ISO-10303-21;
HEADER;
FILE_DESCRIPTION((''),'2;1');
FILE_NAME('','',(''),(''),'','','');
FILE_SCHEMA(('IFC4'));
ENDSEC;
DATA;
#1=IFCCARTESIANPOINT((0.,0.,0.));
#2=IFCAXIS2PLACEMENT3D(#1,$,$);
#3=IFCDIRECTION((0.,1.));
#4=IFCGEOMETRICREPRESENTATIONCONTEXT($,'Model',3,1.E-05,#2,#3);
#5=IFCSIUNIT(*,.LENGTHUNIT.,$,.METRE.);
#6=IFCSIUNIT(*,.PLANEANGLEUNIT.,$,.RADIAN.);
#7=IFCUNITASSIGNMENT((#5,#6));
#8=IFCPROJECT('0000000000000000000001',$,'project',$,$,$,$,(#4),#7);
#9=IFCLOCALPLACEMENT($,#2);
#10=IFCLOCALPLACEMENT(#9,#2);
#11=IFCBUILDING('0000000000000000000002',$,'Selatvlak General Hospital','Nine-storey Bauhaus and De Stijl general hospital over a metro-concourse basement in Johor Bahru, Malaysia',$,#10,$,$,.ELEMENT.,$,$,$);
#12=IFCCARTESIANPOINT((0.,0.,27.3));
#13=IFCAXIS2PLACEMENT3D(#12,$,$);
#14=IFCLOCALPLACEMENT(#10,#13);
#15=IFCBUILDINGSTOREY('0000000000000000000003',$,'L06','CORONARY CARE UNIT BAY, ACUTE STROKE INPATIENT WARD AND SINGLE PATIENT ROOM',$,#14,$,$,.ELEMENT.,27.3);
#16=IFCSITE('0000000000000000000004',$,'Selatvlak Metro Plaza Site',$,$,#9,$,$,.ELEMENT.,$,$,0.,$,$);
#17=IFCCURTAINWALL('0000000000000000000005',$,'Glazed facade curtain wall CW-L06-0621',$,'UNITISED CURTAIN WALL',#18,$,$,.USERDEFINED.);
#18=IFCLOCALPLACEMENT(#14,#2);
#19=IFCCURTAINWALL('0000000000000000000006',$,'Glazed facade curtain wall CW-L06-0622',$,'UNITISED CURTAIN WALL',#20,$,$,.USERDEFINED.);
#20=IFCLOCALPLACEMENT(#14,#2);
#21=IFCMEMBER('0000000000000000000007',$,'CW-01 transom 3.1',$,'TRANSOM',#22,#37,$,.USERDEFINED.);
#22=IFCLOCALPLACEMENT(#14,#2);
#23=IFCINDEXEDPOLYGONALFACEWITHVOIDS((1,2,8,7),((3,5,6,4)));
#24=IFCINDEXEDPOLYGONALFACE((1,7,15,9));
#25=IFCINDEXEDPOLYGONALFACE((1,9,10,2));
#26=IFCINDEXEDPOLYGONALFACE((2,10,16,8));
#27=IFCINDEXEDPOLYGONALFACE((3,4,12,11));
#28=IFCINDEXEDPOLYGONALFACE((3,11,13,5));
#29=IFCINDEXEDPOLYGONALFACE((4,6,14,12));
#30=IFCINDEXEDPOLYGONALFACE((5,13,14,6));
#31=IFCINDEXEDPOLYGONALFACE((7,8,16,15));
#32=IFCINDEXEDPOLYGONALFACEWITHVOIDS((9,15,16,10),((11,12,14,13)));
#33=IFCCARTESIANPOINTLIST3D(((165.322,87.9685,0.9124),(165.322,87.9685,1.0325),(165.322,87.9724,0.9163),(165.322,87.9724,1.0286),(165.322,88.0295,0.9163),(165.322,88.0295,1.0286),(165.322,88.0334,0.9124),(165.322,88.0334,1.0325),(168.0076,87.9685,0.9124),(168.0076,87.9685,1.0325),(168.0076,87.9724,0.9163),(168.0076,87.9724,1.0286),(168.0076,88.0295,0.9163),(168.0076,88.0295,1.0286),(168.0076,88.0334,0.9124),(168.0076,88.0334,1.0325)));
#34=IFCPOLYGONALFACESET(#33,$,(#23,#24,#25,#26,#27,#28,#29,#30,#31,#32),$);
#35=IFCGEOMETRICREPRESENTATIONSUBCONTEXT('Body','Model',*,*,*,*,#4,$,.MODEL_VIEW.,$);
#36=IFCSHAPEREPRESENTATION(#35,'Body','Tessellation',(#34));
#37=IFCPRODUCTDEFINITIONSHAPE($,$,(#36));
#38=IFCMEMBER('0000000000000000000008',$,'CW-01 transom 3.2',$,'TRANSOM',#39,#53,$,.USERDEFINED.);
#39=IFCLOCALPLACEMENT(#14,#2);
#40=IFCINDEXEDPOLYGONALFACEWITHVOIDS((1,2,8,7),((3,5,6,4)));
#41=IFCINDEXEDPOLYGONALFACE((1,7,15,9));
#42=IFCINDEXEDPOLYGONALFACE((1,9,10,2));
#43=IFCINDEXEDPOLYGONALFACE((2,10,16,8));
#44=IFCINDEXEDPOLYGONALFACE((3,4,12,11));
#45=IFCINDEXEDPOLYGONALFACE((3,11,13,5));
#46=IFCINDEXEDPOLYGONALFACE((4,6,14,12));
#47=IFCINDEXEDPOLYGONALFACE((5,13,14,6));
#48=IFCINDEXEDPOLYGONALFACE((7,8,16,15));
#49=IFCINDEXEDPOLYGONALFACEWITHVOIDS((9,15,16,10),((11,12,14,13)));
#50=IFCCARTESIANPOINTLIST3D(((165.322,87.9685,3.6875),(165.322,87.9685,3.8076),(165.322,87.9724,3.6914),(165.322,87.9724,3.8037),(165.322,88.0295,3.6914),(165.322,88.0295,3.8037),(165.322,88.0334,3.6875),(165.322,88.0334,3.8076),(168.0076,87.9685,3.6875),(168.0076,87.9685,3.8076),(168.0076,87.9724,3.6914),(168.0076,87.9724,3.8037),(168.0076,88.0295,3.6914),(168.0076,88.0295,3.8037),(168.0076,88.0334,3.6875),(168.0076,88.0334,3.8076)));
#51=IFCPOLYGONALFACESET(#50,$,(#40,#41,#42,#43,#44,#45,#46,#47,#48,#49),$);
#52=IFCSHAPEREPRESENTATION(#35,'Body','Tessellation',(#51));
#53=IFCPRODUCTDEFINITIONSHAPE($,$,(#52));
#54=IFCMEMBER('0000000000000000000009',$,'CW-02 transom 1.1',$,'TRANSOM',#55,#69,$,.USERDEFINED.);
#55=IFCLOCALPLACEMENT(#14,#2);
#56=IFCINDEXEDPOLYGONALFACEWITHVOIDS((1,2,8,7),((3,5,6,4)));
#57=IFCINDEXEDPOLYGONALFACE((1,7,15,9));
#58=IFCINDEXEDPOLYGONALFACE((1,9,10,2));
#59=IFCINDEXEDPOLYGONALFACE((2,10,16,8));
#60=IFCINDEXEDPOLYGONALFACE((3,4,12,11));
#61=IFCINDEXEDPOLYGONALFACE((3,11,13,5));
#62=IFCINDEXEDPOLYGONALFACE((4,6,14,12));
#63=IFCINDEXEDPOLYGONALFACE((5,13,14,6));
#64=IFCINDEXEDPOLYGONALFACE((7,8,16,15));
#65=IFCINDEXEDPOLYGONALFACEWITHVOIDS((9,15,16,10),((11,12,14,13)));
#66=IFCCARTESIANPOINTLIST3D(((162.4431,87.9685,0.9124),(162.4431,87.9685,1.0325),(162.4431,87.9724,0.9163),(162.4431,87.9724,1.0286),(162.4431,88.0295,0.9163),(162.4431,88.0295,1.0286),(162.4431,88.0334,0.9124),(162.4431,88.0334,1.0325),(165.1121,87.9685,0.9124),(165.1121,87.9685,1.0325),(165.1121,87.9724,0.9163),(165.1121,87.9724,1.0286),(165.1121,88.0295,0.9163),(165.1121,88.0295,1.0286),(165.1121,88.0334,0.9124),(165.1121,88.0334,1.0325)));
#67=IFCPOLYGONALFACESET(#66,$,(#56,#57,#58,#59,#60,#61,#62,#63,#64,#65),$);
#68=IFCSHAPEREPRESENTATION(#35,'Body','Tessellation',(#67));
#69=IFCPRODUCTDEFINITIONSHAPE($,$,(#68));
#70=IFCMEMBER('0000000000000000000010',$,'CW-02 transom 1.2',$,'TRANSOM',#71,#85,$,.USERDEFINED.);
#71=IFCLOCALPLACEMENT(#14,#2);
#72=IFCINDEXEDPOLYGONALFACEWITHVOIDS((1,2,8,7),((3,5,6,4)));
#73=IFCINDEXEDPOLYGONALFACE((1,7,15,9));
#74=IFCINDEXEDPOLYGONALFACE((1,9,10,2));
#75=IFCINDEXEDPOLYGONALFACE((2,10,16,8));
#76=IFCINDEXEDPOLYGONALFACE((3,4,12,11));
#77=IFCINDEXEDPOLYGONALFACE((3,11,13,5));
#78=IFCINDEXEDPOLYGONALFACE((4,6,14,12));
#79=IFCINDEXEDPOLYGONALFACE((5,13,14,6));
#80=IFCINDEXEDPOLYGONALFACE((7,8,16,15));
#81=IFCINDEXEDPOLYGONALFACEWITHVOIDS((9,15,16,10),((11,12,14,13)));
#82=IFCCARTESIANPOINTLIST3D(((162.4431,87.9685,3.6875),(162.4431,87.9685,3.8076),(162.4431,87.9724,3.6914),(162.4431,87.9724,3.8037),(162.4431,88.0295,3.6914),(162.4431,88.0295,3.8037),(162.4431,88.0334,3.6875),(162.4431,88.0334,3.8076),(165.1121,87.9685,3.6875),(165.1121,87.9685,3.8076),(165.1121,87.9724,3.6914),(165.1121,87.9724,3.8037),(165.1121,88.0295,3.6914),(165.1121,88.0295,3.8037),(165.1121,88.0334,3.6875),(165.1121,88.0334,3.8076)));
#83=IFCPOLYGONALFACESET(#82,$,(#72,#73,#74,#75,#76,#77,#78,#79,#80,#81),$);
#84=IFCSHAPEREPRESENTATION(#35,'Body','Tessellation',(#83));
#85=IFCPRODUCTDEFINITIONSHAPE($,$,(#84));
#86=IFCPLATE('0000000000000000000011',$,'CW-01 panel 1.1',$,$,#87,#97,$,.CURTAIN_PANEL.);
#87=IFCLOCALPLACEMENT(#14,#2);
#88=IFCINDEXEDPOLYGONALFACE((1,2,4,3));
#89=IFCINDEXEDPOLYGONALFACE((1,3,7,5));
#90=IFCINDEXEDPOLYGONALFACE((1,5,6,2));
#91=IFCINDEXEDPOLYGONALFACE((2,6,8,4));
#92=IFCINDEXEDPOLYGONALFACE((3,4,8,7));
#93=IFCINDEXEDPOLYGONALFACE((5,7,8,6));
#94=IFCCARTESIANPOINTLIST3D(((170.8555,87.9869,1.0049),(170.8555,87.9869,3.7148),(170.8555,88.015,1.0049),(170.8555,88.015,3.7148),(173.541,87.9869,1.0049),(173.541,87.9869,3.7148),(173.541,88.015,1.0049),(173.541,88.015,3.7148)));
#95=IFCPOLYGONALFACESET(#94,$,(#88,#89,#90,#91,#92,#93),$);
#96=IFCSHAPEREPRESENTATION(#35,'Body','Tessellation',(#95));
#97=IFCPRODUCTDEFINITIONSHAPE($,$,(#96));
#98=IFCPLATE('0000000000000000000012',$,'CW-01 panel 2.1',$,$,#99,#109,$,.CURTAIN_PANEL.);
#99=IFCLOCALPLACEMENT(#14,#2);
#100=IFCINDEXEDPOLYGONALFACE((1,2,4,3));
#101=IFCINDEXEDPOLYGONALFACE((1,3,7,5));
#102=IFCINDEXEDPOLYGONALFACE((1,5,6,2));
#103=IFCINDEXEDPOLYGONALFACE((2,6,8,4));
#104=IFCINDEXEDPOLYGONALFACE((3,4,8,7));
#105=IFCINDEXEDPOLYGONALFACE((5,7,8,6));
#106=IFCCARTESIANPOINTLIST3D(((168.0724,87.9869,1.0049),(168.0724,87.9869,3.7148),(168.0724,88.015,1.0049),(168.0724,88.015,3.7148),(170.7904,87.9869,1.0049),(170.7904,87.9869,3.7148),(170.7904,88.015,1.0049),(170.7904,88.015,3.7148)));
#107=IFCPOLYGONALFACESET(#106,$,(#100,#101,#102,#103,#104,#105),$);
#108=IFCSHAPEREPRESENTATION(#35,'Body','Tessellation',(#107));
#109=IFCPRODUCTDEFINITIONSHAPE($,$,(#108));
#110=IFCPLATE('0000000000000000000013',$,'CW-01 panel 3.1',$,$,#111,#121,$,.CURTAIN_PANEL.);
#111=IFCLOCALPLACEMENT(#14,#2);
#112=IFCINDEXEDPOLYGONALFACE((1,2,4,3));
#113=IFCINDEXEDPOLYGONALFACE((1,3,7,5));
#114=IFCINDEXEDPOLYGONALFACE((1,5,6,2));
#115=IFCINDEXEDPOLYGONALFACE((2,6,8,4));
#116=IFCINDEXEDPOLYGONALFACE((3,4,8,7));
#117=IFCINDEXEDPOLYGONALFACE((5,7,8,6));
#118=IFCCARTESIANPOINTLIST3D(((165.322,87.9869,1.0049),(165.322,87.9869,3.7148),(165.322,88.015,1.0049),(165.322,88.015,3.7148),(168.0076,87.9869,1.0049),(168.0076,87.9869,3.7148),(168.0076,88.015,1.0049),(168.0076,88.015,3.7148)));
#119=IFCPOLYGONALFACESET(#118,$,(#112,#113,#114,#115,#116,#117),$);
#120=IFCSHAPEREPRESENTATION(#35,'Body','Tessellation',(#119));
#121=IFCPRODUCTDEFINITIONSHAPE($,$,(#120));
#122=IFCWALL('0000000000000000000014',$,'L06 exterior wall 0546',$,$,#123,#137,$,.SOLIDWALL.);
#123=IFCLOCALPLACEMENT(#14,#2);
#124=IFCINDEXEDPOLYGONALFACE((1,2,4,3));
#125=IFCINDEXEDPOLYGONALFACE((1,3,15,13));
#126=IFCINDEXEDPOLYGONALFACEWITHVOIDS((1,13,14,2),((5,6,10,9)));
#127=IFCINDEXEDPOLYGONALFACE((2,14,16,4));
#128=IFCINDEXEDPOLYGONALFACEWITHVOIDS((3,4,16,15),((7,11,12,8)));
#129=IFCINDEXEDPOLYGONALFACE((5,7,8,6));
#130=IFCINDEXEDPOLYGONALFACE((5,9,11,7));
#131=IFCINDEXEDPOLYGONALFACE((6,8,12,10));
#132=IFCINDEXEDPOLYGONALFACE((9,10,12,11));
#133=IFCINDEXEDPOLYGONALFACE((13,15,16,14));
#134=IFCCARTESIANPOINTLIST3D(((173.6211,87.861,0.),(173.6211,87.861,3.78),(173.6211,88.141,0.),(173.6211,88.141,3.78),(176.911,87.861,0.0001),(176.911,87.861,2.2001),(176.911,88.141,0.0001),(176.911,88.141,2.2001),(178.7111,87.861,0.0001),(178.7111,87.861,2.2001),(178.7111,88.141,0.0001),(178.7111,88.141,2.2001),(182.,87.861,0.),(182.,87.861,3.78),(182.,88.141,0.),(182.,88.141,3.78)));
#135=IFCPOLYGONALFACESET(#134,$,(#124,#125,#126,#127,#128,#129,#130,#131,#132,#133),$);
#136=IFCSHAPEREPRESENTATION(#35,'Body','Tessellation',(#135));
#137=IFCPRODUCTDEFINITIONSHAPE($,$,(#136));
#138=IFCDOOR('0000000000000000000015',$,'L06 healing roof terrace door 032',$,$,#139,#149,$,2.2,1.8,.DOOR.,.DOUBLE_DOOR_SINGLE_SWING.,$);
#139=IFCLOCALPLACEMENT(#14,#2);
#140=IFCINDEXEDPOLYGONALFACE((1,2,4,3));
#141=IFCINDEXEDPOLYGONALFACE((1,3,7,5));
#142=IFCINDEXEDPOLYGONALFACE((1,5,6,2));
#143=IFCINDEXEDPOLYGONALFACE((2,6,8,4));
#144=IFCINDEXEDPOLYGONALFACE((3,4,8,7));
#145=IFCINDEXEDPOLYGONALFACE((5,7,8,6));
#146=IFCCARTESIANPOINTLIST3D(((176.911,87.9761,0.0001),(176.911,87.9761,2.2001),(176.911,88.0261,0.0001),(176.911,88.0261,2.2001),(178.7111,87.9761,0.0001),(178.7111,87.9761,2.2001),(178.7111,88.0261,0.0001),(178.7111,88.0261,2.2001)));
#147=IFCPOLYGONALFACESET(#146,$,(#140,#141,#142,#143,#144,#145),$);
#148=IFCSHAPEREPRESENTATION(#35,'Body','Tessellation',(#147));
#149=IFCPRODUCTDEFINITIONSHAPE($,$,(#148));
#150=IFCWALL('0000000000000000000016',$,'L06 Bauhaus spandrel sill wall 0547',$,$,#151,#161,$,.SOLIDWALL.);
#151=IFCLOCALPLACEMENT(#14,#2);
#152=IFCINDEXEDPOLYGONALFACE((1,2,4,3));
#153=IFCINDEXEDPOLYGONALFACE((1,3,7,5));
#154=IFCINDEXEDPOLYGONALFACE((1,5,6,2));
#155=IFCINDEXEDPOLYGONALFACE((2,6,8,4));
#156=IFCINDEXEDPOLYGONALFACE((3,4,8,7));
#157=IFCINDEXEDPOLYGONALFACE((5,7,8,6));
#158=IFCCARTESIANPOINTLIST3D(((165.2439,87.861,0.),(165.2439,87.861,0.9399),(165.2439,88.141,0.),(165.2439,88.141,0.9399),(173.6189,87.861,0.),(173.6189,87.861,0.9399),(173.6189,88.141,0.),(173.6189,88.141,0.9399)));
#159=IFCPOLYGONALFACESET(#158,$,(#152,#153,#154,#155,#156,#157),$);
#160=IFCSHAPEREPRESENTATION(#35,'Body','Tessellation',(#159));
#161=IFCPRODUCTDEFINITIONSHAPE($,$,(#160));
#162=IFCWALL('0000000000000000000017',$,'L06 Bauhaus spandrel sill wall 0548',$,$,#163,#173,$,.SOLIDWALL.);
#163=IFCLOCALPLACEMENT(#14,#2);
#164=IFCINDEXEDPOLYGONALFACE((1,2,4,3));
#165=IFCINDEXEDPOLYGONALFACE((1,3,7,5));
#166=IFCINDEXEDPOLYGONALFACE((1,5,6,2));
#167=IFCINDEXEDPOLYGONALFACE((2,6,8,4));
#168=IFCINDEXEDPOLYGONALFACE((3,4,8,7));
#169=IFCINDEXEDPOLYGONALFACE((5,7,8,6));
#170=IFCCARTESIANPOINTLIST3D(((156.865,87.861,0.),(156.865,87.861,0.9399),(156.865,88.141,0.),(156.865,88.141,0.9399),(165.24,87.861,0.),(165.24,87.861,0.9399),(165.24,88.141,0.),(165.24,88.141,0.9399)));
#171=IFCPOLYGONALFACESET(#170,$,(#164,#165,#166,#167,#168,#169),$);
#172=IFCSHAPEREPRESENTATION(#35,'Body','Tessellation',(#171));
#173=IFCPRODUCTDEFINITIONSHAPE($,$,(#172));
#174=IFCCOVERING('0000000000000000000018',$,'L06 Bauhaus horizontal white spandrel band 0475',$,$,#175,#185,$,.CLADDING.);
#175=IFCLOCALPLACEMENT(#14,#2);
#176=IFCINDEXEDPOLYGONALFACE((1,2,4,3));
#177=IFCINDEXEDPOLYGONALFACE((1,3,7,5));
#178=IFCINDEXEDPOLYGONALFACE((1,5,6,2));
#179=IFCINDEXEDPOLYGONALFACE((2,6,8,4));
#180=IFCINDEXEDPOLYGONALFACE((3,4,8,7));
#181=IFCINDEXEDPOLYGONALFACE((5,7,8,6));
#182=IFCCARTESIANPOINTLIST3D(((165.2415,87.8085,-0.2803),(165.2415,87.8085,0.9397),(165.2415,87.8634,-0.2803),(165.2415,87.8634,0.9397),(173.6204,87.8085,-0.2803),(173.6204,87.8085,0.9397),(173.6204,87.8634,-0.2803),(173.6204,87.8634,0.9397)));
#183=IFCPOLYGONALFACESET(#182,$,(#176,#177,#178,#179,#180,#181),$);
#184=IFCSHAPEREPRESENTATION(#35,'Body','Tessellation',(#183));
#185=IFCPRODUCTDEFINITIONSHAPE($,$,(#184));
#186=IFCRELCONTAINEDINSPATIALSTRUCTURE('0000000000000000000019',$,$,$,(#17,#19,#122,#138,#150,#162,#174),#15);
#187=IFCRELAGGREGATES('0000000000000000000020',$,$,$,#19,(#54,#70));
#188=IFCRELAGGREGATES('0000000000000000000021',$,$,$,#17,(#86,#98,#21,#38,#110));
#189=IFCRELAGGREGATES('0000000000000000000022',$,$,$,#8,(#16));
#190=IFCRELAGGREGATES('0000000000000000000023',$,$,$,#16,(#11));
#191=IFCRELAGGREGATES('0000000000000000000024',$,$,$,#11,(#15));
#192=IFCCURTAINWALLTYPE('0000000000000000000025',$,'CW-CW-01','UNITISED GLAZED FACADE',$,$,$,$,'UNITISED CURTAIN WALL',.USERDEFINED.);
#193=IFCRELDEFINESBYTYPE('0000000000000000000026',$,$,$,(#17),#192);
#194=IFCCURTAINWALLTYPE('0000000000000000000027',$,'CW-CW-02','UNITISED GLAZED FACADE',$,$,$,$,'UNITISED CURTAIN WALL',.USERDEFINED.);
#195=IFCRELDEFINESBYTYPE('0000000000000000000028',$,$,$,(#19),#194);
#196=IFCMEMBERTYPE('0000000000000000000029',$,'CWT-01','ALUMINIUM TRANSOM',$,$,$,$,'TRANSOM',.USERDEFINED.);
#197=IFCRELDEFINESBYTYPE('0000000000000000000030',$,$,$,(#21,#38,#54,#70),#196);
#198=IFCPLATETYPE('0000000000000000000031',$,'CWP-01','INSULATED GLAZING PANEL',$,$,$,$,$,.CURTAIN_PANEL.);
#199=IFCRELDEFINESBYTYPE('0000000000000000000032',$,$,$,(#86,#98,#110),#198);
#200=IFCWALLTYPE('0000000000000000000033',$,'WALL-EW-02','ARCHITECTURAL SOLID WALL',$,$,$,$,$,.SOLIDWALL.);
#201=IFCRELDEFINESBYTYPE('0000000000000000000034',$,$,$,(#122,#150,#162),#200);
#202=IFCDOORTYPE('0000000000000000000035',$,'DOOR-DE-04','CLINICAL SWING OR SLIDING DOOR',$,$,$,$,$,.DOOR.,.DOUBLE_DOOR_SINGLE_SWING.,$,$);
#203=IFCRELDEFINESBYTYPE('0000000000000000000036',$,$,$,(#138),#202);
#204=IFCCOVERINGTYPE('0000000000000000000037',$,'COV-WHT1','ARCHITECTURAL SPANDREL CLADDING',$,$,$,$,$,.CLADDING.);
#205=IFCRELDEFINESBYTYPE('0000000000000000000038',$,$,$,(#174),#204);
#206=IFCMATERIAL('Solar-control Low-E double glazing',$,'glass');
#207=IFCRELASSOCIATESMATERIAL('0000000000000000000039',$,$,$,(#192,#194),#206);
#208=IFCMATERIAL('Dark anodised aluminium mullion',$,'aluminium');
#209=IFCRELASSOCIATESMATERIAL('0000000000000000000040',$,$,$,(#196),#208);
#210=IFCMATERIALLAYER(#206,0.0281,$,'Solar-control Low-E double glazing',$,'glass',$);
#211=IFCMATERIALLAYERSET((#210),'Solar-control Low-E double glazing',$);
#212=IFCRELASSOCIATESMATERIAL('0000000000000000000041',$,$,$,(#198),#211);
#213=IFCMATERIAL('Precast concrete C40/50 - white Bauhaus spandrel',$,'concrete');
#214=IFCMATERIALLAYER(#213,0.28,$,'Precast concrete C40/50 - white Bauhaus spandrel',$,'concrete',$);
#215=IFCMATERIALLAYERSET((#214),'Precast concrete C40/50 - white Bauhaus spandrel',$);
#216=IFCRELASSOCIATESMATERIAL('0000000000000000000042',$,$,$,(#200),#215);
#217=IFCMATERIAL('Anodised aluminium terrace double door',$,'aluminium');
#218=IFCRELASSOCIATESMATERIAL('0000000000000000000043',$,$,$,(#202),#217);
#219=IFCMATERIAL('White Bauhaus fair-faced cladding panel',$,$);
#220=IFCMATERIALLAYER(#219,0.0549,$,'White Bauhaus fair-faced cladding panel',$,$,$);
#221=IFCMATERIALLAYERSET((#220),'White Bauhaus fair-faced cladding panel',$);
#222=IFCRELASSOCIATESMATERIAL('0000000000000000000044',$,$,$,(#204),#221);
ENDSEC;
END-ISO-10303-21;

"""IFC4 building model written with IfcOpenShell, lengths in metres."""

from ifc_helpers import new_model, si_unit, direction, frame, frame_2d, origin, origin_2d, place, context, subcontext, project, spatial, rectangle, hollow_rectangle, extrude, material, layer, layer_set, material_profile, profile_set, type_object, element, fill, aggregate, save


model = new_model("IFC4")

# Units and contexts
model_context = context("Model", 3, precision=1e-05, world=origin(), true_north=direction((0.0, 1.0)))
body_context = subcontext(model_context, "Body", "Model", "MODEL_VIEW")
ifc_project = project(units=[si_unit("LENGTHUNIT", "METRE"), si_unit("PLANEANGLEUNIT", "RADIAN")], contexts=[model_context])

# Site, building, storey
site_placement = place(None, origin())
site = spatial("IfcSite", under=ifc_project, at=site_placement, Name="Selatvlak Metro Plaza Site", CompositionType="ELEMENT", RefElevation=0.0)
building_placement = place(site_placement, origin())
building = spatial("IfcBuilding", under=site, at=building_placement, Name="Selatvlak General Hospital", Description="Nine-storey Bauhaus and De Stijl general hospital over a metro-concourse basement in Johor Bahru, Malaysia", CompositionType="ELEMENT")
storey_placement = place(building_placement, frame((0.0, 0.0, 27.3)))
storey = spatial("IfcBuildingStorey", under=building, at=storey_placement, Name="L06", Description="CORONARY CARE UNIT BAY, ACUTE STROKE INPATIENT WARD AND SINGLE PATIENT ROOM", CompositionType="ELEMENT", Elevation=27.3)

# Shared definitions
ifc_material_1 = material(Name="Solar-control Low-E double glazing", Category="glass")
curtain_wall_type_1 = type_object("IfcCurtainWallType", Name="CW-CW-01", Description="UNITISED GLAZED FACADE", ElementType="UNITISED CURTAIN WALL", PredefinedType="USERDEFINED", material=ifc_material_1)
ifc_material_2 = material(Name="Dark anodised aluminium mullion", Category="aluminium")

# Curtain wall
curtain_wall_1_placement = place(storey_placement, origin())
curtain_wall_1 = element("IfcCurtainWall", 1, at=curtain_wall_1_placement, inside=storey, type_object=curtain_wall_type_1, Name="Glazed facade curtain wall CW-L06-0621", ObjectType="UNITISED CURTAIN WALL", PredefinedType="USERDEFINED")

# Curtain wall
curtain_wall_type_2 = type_object("IfcCurtainWallType", Name="CW-CW-02", Description="UNITISED GLAZED FACADE", ElementType="UNITISED CURTAIN WALL", PredefinedType="USERDEFINED", material=ifc_material_1)
curtain_wall_2_placement = place(storey_placement, origin())
curtain_wall_2 = element("IfcCurtainWall", 2, at=curtain_wall_2_placement, inside=storey, type_object=curtain_wall_type_2, Name="Glazed facade curtain wall CW-L06-0622", ObjectType="UNITISED CURTAIN WALL", PredefinedType="USERDEFINED")

# Members
ifc_material_profile_1 = material_profile(ifc_material_2, hollow_rectangle(XDim=0.0649, YDim=0.1201, WallThickness=0.0039, at=origin_2d()), Name="AL-TRN 65x120x4")
ifc_profile_set_1 = profile_set([ifc_material_profile_1], Name="Dark anodised aluminium mullion")
member_type_1 = type_object("IfcMemberType", Name="CWT-01", Description="ALUMINIUM TRANSOM", ElementType="TRANSOM", PredefinedType="USERDEFINED", material=ifc_profile_set_1)
member_1_placement = place(storey_placement, frame((168.0076, 88.001, 0.9724), z_axis=(-1.0, 0.0, 0.0), x_axis=(0.0, -1.0, 0.0)))
member_1 = element("IfcMember", 3, at=member_1_placement, type_object=member_type_1, Name="CW-01 transom 3.1", ObjectType="TRANSOM", PredefinedType="USERDEFINED", context=body_context, shape_type="SweptSolid", body=[
    extrude(hollow_rectangle(XDim=0.0649, YDim=0.1201, WallThickness=0.0039, at=origin_2d()), origin(), (0.0, 0.0, 1.0), 2.6855),
])
member_2_placement = place(storey_placement, frame((168.0076, 88.001, 3.7476), z_axis=(-1.0, 0.0, 0.0), x_axis=(0.0, -1.0, 0.0)))
member_2 = element("IfcMember", 4, at=member_2_placement, type_object=member_type_1, Name="CW-01 transom 3.2", ObjectType="TRANSOM", PredefinedType="USERDEFINED", context=body_context, shape_type="SweptSolid", body=[
    extrude(hollow_rectangle(XDim=0.0649, YDim=0.1201, WallThickness=0.0039, at=origin_2d()), origin(), (0.0, 0.0, 1.0), 2.6855),
])
member_3_placement = place(storey_placement, frame((165.1121, 88.001, 0.9724), z_axis=(-1.0, 0.0, 0.0), x_axis=(0.0, -1.0, 0.0)))
member_3 = element("IfcMember", 5, at=member_3_placement, type_object=member_type_1, Name="CW-02 transom 1.1", ObjectType="TRANSOM", PredefinedType="USERDEFINED", context=body_context, shape_type="SweptSolid", body=[
    extrude(hollow_rectangle(XDim=0.0649, YDim=0.1201, WallThickness=0.0039, at=origin_2d()), origin(), (0.0, 0.0, 1.0), 2.6689),
])
member_4_placement = place(storey_placement, frame((165.1121, 88.001, 3.7476), z_axis=(-1.0, 0.0, 0.0), x_axis=(0.0, -1.0, 0.0)))
member_4 = element("IfcMember", 6, at=member_4_placement, type_object=member_type_1, Name="CW-02 transom 1.2", ObjectType="TRANSOM", PredefinedType="USERDEFINED", context=body_context, shape_type="SweptSolid", body=[
    extrude(hollow_rectangle(XDim=0.0649, YDim=0.1201, WallThickness=0.0039, at=origin_2d()), origin(), (0.0, 0.0, 1.0), 2.6689),
])
aggregate(curtain_wall_2, [member_3, member_4])

# Plates
ifc_layer_1 = layer(ifc_material_1, 0.0281, Name="Solar-control Low-E double glazing", Category="glass")
ifc_layer_set_1 = layer_set([ifc_layer_1], Name="Solar-control Low-E double glazing")
plate_type = type_object("IfcPlateType", Name="CWP-01", Description="INSULATED GLAZING PANEL", PredefinedType="CURTAIN_PANEL", material=ifc_layer_set_1)
plate_1_placement = place(storey_placement, frame((172.1982, 88.001, 1.0049), z_axis=(0.0, 0.0, 1.0), x_axis=(-1.0, 0.0, 0.0)))
plate_1 = element("IfcPlate", 7, at=plate_1_placement, type_object=plate_type, Name="CW-01 panel 1.1", PredefinedType="CURTAIN_PANEL", context=body_context, shape_type="SweptSolid", body=[
    extrude(rectangle(XDim=2.6855, YDim=0.0281, at=origin_2d()), origin(), (0.0, 0.0, 1.0), 2.71),
])
plate_2_placement = place(storey_placement, frame((169.4314, 88.001, 1.0049), z_axis=(0.0, 0.0, 1.0), x_axis=(-1.0, 0.0, 0.0)))
plate_2 = element("IfcPlate", 8, at=plate_2_placement, type_object=plate_type, Name="CW-01 panel 2.1", PredefinedType="CURTAIN_PANEL", context=body_context, shape_type="SweptSolid", body=[
    extrude(rectangle(XDim=2.718, YDim=0.0281, at=origin_2d()), origin(), (0.0, 0.0, 1.0), 2.71),
])
plate_3_placement = place(storey_placement, frame((166.6648, 88.001, 1.0049), z_axis=(0.0, 0.0, 1.0), x_axis=(-1.0, 0.0, 0.0)))
plate_3 = element("IfcPlate", 9, at=plate_3_placement, type_object=plate_type, Name="CW-01 panel 3.1", PredefinedType="CURTAIN_PANEL", context=body_context, shape_type="SweptSolid", body=[
    extrude(rectangle(XDim=2.6855, YDim=0.0281, at=origin_2d()), origin(), (0.0, 0.0, 1.0), 2.71),
])
aggregate(curtain_wall_1, [plate_1, plate_2, member_1, member_2, plate_3])

# Wall, opening, door
ifc_material_3 = material(Name="Precast concrete C40/50 - white Bauhaus spandrel", Category="concrete")
ifc_layer_2 = layer(ifc_material_3, 0.28, Name="Precast concrete C40/50 - white Bauhaus spandrel", Category="concrete")
ifc_layer_set_2 = layer_set([ifc_layer_2], Name="Precast concrete C40/50 - white Bauhaus spandrel")
wall_type = type_object("IfcWallType", Name="WALL-EW-02", Description="ARCHITECTURAL SOLID WALL", PredefinedType="SOLIDWALL", material=ifc_layer_set_2)
wall_placement = place(storey_placement, frame((182.0, 88.001, 0.0), z_axis=(0.0, 0.0, 1.0), x_axis=(-1.0, 0.0, 0.0)))
wall = element("IfcWall", 10, at=wall_placement, inside=storey, type_object=wall_type, Name="L06 exterior wall 0546", PredefinedType="SOLIDWALL", context=body_context, shape_type="SweptSolid", body=[
    extrude(rectangle(XDim=8.3789, YDim=0.28, at=frame_2d((4.1895, 0.0))), origin(), (0.0, 0.0, 1.0), 3.78),
])
opening_placement = place(wall_placement, frame((3.2891, 0.0, 0.0)))
opening = element("IfcOpeningElement", 11, at=opening_placement, cuts=wall, PredefinedType="OPENING", context=body_context, shape_type="SweptSolid", body=[
    extrude(rectangle(XDim=1.8, YDim=2.2, at=frame_2d((0.8999, 1.1001))), frame((0.0, 0.1499, 0.0), z_axis=(0.0, -1.0, 0.0), x_axis=(1.0, 0.0, 0.0)), (0.0, 0.0, 1.0), 0.3),
])
ifc_material_4 = material(Name="Anodised aluminium terrace double door", Category="aluminium")
door_type = type_object("IfcDoorType", Name="DOOR-DE-04", Description="CLINICAL SWING OR SLIDING DOOR", OperationType="DOUBLE_DOOR_SINGLE_SWING", PredefinedType="DOOR", material=ifc_material_4)
door_placement = place(opening_placement, origin())
door = element("IfcDoor", 12, at=door_placement, inside=storey, type_object=door_type, Name="L06 healing roof terrace door 032", OperationType="DOUBLE_DOOR_SINGLE_SWING", OverallHeight=2.2, OverallWidth=1.8, PredefinedType="DOOR", context=body_context, shape_type="SweptSolid", body=[
    extrude(rectangle(XDim=1.8, YDim=2.2, at=frame_2d((0.8999, 1.1001))), frame((0.0, 0.0249, 0.0), z_axis=(0.0, -1.0, 0.0), x_axis=(1.0, 0.0, 0.0)), (0.0, 0.0, 1.0), 0.05),
])
fill(opening, door)

# Walls
for number, where, z_axis, x_axis, name in (
    (13, (173.6189, 88.001, 0.0), (0.0, 0.0, 1.0), (-1.0, 0.0, 0.0), "L06 Bauhaus spandrel sill wall 0547"),
    (14, (165.24, 88.001, 0.0), (0.0, 0.0, 1.0), (-1.0, 0.0, 0.0), "L06 Bauhaus spandrel sill wall 0548"),
):
    element("IfcWall", number, at=place(storey_placement, frame(where, z_axis=z_axis, x_axis=x_axis)), inside=storey, type_object=wall_type, Name=name, PredefinedType="SOLIDWALL", context=body_context, shape_type="SweptSolid", body=[
        extrude(rectangle(XDim=8.375, YDim=0.28, at=frame_2d((4.1875, 0.0))), origin(), (0.0, 0.0, 1.0), 0.9399),
    ])

# Covering
ifc_material_5 = material(Name="White Bauhaus fair-faced cladding panel")
ifc_layer_3 = layer(ifc_material_5, 0.0549, Name="White Bauhaus fair-faced cladding panel")
ifc_layer_set_3 = layer_set([ifc_layer_3], Name="White Bauhaus fair-faced cladding panel")
covering_type = type_object("IfcCoveringType", Name="COV-WHT1", Description="ARCHITECTURAL SPANDREL CLADDING", PredefinedType="CLADDING", material=ifc_layer_set_3)
covering_placement = place(storey_placement, frame((169.4309, 87.8359, -0.2803), z_axis=(0.0, 0.0, 1.0), x_axis=(-1.0, 0.0, 0.0)))
element("IfcCovering", 15, at=covering_placement, inside=storey, type_object=covering_type, Name="L06 Bauhaus horizontal white spandrel band 0475", PredefinedType="CLADDING", context=body_context, shape_type="SweptSolid", body=[
    extrude(rectangle(XDim=8.3789, YDim=0.0549, at=origin_2d()), origin(), (0.0, 0.0, 1.0), 1.22),
])

save(model, "model.ifc")
